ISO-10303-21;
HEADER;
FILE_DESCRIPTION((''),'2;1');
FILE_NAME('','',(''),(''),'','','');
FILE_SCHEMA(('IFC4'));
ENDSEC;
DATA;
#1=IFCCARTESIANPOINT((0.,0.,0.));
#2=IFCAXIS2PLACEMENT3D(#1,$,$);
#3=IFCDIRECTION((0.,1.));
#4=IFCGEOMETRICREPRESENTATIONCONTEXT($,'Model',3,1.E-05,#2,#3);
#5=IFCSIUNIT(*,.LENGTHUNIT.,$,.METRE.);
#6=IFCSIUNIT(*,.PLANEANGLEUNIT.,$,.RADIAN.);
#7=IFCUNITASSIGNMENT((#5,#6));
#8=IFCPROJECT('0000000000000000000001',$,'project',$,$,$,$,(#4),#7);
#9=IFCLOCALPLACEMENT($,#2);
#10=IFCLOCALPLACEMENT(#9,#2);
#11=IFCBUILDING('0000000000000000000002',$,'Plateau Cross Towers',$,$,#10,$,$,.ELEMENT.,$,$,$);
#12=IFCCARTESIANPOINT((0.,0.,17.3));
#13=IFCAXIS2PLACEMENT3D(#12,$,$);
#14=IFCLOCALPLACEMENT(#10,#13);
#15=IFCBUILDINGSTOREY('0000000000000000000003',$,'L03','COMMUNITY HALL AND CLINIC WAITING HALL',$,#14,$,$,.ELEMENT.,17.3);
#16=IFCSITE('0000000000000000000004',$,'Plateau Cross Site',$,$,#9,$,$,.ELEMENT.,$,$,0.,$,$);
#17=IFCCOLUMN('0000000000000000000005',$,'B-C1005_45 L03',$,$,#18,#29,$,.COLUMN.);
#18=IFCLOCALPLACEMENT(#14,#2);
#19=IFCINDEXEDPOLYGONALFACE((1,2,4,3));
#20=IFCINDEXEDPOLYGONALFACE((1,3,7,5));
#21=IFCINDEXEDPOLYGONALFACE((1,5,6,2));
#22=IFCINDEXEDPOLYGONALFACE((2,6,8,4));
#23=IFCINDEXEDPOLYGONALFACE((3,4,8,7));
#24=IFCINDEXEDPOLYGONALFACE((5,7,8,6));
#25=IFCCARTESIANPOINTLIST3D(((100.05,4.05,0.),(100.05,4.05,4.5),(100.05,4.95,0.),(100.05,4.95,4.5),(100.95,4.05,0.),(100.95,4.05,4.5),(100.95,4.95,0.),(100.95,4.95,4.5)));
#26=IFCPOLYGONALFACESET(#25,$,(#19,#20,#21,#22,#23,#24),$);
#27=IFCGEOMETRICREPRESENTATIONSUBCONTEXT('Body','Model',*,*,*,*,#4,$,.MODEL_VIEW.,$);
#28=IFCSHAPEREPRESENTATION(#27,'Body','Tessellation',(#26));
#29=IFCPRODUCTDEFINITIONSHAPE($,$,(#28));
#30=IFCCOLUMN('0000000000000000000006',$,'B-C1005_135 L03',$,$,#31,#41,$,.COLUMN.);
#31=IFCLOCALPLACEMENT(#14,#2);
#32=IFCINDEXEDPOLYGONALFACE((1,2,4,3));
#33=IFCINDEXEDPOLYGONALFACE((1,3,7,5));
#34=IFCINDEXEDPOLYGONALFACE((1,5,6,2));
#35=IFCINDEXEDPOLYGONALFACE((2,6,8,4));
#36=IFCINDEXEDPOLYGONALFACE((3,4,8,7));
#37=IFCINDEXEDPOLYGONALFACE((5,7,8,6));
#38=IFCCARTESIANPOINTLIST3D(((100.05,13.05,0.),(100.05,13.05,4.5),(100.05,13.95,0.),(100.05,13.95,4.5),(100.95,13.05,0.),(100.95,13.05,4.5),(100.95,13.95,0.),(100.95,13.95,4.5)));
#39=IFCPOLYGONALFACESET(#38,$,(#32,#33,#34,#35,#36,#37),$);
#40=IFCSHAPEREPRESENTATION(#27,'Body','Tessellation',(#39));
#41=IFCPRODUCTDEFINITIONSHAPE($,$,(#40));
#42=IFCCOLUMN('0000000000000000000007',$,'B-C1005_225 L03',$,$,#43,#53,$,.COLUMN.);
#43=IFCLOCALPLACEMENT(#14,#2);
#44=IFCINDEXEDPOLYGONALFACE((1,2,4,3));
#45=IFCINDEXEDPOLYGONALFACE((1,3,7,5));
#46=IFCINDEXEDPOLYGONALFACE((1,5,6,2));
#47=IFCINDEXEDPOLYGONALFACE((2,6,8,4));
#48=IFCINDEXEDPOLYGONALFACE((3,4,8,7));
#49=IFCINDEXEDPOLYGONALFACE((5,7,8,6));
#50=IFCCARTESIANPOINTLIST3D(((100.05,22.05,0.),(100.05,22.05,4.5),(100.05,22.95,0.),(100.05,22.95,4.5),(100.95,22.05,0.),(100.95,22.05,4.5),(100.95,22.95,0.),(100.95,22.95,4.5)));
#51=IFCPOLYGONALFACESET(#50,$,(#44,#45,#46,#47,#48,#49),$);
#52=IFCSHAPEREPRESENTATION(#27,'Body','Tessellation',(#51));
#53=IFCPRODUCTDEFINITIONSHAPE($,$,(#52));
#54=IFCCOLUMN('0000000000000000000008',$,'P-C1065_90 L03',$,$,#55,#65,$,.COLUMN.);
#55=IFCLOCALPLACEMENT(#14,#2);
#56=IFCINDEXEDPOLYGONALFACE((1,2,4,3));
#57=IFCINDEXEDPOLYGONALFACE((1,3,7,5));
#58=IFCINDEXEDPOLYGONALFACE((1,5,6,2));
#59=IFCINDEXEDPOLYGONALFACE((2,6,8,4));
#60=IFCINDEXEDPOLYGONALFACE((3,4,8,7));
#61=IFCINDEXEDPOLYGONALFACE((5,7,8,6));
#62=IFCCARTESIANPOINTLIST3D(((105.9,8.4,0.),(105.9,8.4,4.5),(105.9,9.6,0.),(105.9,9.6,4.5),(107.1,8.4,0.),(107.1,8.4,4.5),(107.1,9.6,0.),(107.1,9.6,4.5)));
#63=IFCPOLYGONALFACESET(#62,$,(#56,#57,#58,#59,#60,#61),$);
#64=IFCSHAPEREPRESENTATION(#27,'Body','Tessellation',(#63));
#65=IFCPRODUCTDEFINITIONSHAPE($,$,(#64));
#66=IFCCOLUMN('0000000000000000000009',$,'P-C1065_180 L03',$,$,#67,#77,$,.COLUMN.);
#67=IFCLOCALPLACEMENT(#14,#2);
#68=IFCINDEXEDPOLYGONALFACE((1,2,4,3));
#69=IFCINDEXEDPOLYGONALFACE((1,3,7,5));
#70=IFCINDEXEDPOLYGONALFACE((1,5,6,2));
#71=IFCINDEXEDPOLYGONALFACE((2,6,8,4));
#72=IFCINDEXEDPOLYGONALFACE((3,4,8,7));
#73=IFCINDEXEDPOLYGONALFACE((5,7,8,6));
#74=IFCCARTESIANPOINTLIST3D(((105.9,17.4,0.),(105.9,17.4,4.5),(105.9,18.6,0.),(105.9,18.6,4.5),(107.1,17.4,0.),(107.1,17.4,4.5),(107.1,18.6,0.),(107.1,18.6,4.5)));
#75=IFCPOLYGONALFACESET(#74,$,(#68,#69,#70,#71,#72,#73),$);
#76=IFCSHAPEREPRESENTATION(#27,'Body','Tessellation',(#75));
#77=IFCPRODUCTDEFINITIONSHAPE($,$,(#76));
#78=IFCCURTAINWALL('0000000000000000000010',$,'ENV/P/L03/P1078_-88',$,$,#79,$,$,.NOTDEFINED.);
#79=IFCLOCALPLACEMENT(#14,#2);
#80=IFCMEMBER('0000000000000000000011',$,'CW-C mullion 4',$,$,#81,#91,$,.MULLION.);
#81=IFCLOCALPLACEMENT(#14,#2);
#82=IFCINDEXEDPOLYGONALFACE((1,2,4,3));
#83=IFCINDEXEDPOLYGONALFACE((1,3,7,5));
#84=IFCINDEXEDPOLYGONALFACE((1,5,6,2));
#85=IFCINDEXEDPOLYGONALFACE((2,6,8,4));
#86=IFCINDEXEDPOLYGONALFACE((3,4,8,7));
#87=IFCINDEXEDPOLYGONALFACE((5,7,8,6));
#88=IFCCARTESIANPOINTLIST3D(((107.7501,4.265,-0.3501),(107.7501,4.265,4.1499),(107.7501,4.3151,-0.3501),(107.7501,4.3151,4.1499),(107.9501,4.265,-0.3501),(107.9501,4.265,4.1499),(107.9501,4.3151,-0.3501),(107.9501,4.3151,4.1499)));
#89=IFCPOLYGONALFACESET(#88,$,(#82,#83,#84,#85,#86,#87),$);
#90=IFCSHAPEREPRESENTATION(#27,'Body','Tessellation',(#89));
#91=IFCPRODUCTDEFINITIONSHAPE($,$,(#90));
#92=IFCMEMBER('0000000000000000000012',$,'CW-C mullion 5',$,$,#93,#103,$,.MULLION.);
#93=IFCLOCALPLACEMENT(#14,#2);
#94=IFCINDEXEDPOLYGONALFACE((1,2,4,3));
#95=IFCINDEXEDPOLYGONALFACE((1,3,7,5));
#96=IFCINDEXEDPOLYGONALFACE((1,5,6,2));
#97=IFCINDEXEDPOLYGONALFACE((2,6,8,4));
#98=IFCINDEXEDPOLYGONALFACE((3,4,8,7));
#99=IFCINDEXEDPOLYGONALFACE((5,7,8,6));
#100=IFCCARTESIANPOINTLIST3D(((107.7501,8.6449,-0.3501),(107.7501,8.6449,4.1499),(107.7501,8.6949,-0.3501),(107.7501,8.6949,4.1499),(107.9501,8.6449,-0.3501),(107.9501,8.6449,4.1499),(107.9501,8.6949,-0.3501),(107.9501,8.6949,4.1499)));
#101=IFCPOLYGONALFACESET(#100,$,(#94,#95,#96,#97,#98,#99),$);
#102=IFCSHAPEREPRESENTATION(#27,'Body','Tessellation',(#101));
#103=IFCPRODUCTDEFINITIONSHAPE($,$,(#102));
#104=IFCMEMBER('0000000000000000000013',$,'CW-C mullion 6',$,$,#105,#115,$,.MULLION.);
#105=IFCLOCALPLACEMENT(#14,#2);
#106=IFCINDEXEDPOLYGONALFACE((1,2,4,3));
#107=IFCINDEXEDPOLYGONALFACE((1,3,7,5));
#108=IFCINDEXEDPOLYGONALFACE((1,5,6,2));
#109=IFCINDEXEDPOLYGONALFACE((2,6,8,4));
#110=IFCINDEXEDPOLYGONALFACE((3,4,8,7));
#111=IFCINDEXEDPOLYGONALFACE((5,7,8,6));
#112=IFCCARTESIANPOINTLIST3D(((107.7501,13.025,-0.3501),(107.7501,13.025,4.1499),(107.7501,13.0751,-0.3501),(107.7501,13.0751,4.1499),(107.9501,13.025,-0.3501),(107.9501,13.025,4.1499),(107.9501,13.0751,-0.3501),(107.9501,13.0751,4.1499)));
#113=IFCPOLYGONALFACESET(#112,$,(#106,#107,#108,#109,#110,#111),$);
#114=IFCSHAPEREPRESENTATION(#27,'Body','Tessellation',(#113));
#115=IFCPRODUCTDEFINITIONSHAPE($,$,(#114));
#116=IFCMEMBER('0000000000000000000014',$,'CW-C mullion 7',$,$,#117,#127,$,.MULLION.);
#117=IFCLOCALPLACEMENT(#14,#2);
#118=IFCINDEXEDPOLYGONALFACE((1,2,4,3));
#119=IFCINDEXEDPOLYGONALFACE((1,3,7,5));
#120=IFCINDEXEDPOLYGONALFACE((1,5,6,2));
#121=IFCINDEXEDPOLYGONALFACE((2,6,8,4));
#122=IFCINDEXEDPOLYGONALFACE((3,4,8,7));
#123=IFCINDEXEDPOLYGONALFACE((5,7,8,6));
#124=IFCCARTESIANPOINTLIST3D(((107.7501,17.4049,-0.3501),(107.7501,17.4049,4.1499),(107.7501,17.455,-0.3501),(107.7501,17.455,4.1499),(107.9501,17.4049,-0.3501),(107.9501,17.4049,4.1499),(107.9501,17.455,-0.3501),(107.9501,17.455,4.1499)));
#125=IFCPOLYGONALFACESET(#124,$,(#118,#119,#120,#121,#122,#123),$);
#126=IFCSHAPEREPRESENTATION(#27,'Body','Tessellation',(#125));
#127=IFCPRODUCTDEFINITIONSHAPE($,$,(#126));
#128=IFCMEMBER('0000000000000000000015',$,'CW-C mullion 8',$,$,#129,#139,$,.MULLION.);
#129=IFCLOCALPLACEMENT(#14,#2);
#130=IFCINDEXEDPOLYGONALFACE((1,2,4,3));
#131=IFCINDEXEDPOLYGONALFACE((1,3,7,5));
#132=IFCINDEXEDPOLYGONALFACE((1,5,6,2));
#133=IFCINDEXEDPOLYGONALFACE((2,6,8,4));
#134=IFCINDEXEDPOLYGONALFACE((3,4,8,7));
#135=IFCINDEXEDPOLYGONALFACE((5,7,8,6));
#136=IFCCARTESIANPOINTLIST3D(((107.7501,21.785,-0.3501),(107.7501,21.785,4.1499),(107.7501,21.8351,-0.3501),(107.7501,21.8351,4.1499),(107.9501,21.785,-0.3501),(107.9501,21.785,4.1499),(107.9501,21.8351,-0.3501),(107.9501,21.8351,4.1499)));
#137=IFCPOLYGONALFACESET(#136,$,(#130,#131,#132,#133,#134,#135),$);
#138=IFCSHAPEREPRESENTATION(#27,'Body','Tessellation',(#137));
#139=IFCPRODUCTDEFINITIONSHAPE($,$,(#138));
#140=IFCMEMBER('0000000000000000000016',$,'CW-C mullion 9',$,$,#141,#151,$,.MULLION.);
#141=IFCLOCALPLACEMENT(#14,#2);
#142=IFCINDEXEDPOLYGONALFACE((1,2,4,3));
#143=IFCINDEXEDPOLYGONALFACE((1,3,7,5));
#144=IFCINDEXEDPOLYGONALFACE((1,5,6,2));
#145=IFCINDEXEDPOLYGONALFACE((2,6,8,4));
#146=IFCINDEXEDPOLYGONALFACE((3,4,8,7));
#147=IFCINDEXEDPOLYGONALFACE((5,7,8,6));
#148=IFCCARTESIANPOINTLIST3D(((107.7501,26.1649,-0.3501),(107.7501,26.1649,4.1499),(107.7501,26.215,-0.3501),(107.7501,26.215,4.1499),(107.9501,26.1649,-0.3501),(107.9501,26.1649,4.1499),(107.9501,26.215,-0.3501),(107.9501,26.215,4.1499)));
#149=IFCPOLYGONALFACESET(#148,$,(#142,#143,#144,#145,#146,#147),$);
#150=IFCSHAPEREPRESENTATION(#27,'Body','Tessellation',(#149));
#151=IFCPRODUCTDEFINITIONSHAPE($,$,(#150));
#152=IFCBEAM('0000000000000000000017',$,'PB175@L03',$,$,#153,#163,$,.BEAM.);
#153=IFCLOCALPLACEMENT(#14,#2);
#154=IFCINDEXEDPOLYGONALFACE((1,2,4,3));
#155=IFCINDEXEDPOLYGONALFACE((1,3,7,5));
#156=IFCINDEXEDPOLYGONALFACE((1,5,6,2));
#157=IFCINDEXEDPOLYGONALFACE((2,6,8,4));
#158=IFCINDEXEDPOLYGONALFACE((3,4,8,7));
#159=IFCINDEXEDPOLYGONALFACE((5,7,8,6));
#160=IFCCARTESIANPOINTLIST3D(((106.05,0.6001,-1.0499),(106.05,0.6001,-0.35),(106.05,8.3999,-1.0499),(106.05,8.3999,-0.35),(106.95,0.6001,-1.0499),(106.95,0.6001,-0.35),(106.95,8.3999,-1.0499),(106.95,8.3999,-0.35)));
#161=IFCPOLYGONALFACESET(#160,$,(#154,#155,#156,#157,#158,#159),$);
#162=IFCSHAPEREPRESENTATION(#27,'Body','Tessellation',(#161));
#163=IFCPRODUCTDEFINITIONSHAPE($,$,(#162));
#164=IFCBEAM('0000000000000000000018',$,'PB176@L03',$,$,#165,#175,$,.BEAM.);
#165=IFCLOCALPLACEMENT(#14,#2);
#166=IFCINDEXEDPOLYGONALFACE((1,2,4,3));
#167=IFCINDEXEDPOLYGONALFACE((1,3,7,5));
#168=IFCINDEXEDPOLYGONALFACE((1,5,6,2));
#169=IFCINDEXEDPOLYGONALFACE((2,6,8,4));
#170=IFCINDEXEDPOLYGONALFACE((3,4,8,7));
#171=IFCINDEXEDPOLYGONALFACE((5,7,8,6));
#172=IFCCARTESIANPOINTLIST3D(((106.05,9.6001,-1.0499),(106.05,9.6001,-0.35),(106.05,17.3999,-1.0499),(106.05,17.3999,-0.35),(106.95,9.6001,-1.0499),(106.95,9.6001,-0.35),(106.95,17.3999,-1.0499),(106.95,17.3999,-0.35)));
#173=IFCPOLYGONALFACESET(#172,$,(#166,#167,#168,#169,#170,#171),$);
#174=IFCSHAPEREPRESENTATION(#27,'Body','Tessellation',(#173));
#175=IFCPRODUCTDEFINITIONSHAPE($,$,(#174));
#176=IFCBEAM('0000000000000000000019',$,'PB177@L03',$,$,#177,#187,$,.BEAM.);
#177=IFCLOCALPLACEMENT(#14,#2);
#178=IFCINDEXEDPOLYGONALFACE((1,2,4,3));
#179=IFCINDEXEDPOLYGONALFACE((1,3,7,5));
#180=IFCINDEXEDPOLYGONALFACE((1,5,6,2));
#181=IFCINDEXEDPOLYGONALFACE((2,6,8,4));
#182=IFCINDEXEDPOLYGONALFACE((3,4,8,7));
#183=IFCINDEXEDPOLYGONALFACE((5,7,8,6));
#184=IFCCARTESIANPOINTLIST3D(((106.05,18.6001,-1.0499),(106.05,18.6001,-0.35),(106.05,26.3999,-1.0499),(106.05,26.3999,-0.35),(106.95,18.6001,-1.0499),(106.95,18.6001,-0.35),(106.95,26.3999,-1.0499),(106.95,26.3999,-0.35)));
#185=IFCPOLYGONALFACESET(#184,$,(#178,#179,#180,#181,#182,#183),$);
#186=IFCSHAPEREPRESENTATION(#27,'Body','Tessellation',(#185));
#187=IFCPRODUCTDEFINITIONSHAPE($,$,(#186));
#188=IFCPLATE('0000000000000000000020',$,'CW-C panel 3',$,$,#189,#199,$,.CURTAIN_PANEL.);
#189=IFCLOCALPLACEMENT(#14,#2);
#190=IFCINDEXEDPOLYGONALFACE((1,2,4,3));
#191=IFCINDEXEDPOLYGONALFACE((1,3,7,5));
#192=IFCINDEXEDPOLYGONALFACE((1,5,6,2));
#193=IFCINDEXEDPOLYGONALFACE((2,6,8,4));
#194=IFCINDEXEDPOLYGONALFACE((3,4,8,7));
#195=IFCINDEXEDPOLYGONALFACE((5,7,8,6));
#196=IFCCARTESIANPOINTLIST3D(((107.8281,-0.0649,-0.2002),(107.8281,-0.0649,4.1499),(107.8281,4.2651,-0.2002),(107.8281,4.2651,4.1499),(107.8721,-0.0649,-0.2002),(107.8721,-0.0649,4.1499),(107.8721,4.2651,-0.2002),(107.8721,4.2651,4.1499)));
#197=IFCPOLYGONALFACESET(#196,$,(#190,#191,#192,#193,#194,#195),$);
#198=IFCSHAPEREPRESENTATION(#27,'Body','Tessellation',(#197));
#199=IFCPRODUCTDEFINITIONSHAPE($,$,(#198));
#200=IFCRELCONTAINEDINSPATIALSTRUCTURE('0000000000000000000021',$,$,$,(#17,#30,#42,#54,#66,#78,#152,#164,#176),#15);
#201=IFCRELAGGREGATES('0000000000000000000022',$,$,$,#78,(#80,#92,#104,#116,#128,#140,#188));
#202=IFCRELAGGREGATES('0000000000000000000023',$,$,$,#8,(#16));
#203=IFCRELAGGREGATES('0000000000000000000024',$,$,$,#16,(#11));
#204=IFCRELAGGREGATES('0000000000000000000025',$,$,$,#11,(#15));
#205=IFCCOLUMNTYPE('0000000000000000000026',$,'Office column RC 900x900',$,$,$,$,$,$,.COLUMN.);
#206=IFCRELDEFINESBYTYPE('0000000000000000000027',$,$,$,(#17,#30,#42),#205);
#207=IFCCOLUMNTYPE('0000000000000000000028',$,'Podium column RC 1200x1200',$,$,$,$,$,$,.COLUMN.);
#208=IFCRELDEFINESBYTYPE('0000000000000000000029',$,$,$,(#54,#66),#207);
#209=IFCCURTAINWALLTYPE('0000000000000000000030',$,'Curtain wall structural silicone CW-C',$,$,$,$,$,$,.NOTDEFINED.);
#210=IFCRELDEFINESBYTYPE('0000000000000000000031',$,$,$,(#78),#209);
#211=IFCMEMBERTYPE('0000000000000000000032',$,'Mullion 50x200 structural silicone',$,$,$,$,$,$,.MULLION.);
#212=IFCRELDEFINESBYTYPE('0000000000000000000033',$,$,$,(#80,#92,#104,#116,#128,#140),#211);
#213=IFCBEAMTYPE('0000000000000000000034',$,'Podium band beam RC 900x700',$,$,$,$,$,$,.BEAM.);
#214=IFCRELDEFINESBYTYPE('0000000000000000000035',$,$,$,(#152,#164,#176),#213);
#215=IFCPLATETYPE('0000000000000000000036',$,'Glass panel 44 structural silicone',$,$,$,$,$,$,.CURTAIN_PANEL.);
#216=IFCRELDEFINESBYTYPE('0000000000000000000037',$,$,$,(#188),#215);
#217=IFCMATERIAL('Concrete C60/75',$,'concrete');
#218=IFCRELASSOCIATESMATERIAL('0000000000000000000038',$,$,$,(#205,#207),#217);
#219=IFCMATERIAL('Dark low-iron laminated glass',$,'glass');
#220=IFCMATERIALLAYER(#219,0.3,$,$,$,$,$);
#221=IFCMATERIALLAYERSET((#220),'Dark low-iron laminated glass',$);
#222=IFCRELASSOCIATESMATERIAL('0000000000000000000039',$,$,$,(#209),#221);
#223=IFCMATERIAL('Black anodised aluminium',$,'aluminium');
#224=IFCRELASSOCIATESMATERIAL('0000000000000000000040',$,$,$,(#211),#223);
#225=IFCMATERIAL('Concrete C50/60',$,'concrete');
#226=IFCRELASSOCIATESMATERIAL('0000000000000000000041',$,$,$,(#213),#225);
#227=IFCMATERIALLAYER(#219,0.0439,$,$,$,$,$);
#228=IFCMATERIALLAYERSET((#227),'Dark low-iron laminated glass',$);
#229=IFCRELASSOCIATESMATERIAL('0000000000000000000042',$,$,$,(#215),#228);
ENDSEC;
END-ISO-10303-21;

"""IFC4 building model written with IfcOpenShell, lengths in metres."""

from ifc_helpers import new_model, si_unit, direction, frame, origin, origin_2d, place, context, subcontext, project, spatial, rectangle, extrude, material, layer, layer_set, material_profile, profile_set, type_object, element, aggregate, save


model = new_model("IFC4")

# Units and contexts
model_context = context("Model", 3, precision=1e-05, world=origin(), true_north=direction((0.0, 1.0)))
body_context = subcontext(model_context, "Body", "Model", "MODEL_VIEW")
ifc_project = project(units=[si_unit("LENGTHUNIT", "METRE"), si_unit("PLANEANGLEUNIT", "RADIAN")], contexts=[model_context])

# Site, building, storey
site_placement = place(None, origin())
site = spatial("IfcSite", under=ifc_project, at=site_placement, Name="Plateau Cross Site", CompositionType="ELEMENT", RefElevation=0.0)
building_placement = place(site_placement, origin())
building = spatial("IfcBuilding", under=site, at=building_placement, Name="Plateau Cross Towers", CompositionType="ELEMENT")
storey_placement = place(building_placement, frame((0.0, 0.0, 17.3)))
storey = spatial("IfcBuildingStorey", under=building, at=storey_placement, Name="L03", Description="COMMUNITY HALL AND CLINIC WAITING HALL", CompositionType="ELEMENT", Elevation=17.3)

# Columns
ifc_material_1 = material(Name="Concrete C60/75", Category="concrete")
ifc_material_profile_1 = material_profile(ifc_material_1, rectangle(XDim=0.8999, YDim=0.8999, at=origin_2d()), Name="RC 900x900")
ifc_profile_set_1 = profile_set([ifc_material_profile_1], Name="Concrete C60/75")
column_type_1 = type_object("IfcColumnType", Name="Office column RC 900x900", PredefinedType="COLUMN", material=ifc_profile_set_1)
for number, where, z_axis, x_axis, name in (
    (1, (100.5, 4.5, 0.0), (0.0, 0.0, 1.0), (1.0, 0.0, 0.0), "B-C1005_45 L03"),
    (2, (100.5, 13.5, 0.0), (0.0, 0.0, 1.0), (1.0, 0.0, 0.0), "B-C1005_135 L03"),
    (3, (100.5, 22.5, 0.0), (0.0, 0.0, 1.0), (1.0, 0.0, 0.0), "B-C1005_225 L03"),
):
    element("IfcColumn", number, at=place(storey_placement, frame(where, z_axis=z_axis, x_axis=x_axis)), inside=storey, type_object=column_type_1, Name=name, PredefinedType="COLUMN", context=body_context, shape_type="SweptSolid", body=[
        extrude(rectangle(XDim=0.8999, YDim=0.8999, at=origin_2d()), origin(), (0.0, 0.0, 1.0), 4.5),
    ])
ifc_material_profile_2 = material_profile(ifc_material_1, rectangle(XDim=1.2, YDim=1.2, at=origin_2d()), Name="RC 1200x1200")
ifc_profile_set_2 = profile_set([ifc_material_profile_2], Name="Concrete C60/75")
column_type_2 = type_object("IfcColumnType", Name="Podium column RC 1200x1200", PredefinedType="COLUMN", material=ifc_profile_set_2)
for number, where, z_axis, x_axis, name in (
    (4, (106.5, 9.0, 0.0), (0.0, 0.0, 1.0), (1.0, 0.0, 0.0), "P-C1065_90 L03"),
    (5, (106.5, 18.0, 0.0), (0.0, 0.0, 1.0), (1.0, 0.0, 0.0), "P-C1065_180 L03"),
):
    element("IfcColumn", number, at=place(storey_placement, frame(where, z_axis=z_axis, x_axis=x_axis)), inside=storey, type_object=column_type_2, Name=name, PredefinedType="COLUMN", context=body_context, shape_type="SweptSolid", body=[
        extrude(rectangle(XDim=1.2, YDim=1.2, at=origin_2d()), origin(), (0.0, 0.0, 1.0), 4.5),
    ])

# Curtain wall, members
ifc_material_2 = material(Name="Dark low-iron laminated glass", Category="glass")
ifc_layer_1 = layer(ifc_material_2, 0.3)
ifc_layer_set_1 = layer_set([ifc_layer_1], Name="Dark low-iron laminated glass")
curtain_wall_type = type_object("IfcCurtainWallType", Name="Curtain wall structural silicone CW-C", PredefinedType="NOTDEFINED", material=ifc_layer_set_1)
curtain_wall_placement = place(storey_placement, origin())
curtain_wall = element("IfcCurtainWall", 6, at=curtain_wall_placement, inside=storey, type_object=curtain_wall_type, Name="ENV/P/L03/P1078_-88", PredefinedType="NOTDEFINED")
ifc_material_3 = material(Name="Black anodised aluminium", Category="aluminium")
ifc_material_profile_3 = material_profile(ifc_material_3, rectangle(XDim=0.05, YDim=0.2, at=origin_2d()), Name="MULLION 50x200")
ifc_profile_set_3 = profile_set([ifc_material_profile_3], Name="Black anodised aluminium")
member_type = type_object("IfcMemberType", Name="Mullion 50x200 structural silicone", PredefinedType="MULLION", material=ifc_profile_set_3)
member_1_placement = place(storey_placement, frame((107.8501, 4.29, -0.3501), z_axis=(0.0, 0.0, 1.0), x_axis=(0.0, 1.0, 0.0)))
member_1 = element("IfcMember", 7, at=member_1_placement, type_object=member_type, Name="CW-C mullion 4", PredefinedType="MULLION", context=body_context, shape_type="SweptSolid", body=[
    extrude(rectangle(XDim=0.05, YDim=0.2, at=origin_2d()), origin(), (0.0, 0.0, 1.0), 4.5),
])
member_2_placement = place(storey_placement, frame((107.8501, 8.6699, -0.3501), z_axis=(0.0, 0.0, 1.0), x_axis=(0.0, 1.0, 0.0)))
member_2 = element("IfcMember", 8, at=member_2_placement, type_object=member_type, Name="CW-C mullion 5", PredefinedType="MULLION", context=body_context, shape_type="SweptSolid", body=[
    extrude(rectangle(XDim=0.05, YDim=0.2, at=origin_2d()), origin(), (0.0, 0.0, 1.0), 4.5),
])
member_3_placement = place(storey_placement, frame((107.8501, 13.05, -0.3501), z_axis=(0.0, 0.0, 1.0), x_axis=(0.0, 1.0, 0.0)))
member_3 = element("IfcMember", 9, at=member_3_placement, type_object=member_type, Name="CW-C mullion 6", PredefinedType="MULLION", context=body_context, shape_type="SweptSolid", body=[
    extrude(rectangle(XDim=0.05, YDim=0.2, at=origin_2d()), origin(), (0.0, 0.0, 1.0), 4.5),
])
member_4_placement = place(storey_placement, frame((107.8501, 17.4299, -0.3501), z_axis=(0.0, 0.0, 1.0), x_axis=(0.0, 1.0, 0.0)))
member_4 = element("IfcMember", 10, at=member_4_placement, type_object=member_type, Name="CW-C mullion 7", PredefinedType="MULLION", context=body_context, shape_type="SweptSolid", body=[
    extrude(rectangle(XDim=0.05, YDim=0.2, at=origin_2d()), origin(), (0.0, 0.0, 1.0), 4.5),
])
member_5_placement = place(storey_placement, frame((107.8501, 21.8101, -0.3501), z_axis=(0.0, 0.0, 1.0), x_axis=(0.0, 1.0, 0.0)))
member_5 = element("IfcMember", 11, at=member_5_placement, type_object=member_type, Name="CW-C mullion 8", PredefinedType="MULLION", context=body_context, shape_type="SweptSolid", body=[
    extrude(rectangle(XDim=0.05, YDim=0.2, at=origin_2d()), origin(), (0.0, 0.0, 1.0), 4.5),
])
member_6_placement = place(storey_placement, frame((107.8501, 26.1899, -0.3501), z_axis=(0.0, 0.0, 1.0), x_axis=(0.0, 1.0, 0.0)))
member_6 = element("IfcMember", 12, at=member_6_placement, type_object=member_type, Name="CW-C mullion 9", PredefinedType="MULLION", context=body_context, shape_type="SweptSolid", body=[
    extrude(rectangle(XDim=0.05, YDim=0.2, at=origin_2d()), origin(), (0.0, 0.0, 1.0), 4.5),
])

# Beams
ifc_material_4 = material(Name="Concrete C50/60", Category="concrete")
ifc_material_profile_4 = material_profile(ifc_material_4, rectangle(XDim=0.8999, YDim=0.7, at=origin_2d()), Name="RC 900x700")
ifc_profile_set_4 = profile_set([ifc_material_profile_4], Name="Concrete C50/60")
beam_type = type_object("IfcBeamType", Name="Podium band beam RC 900x700", PredefinedType="BEAM", material=ifc_profile_set_4)
for number, where, z_axis, x_axis, name in (
    (13, (106.5, 0.6001, -0.7), (0.0, 1.0, 0.0), (-1.0, 0.0, 0.0), "PB175@L03"),
    (14, (106.5, 9.6001, -0.7), (0.0, 1.0, 0.0), (-1.0, 0.0, 0.0), "PB176@L03"),
    (15, (106.5, 18.6001, -0.7), (0.0, 1.0, 0.0), (-1.0, 0.0, 0.0), "PB177@L03"),
):
    element("IfcBeam", number, at=place(storey_placement, frame(where, z_axis=z_axis, x_axis=x_axis)), inside=storey, type_object=beam_type, Name=name, PredefinedType="BEAM", context=body_context, shape_type="SweptSolid", body=[
        extrude(rectangle(XDim=0.8999, YDim=0.7, at=origin_2d()), origin(), (0.0, 0.0, 1.0), 7.7998),
    ])

# Plate
ifc_layer_2 = layer(ifc_material_2, 0.0439)
ifc_layer_set_2 = layer_set([ifc_layer_2], Name="Dark low-iron laminated glass")
plate_type = type_object("IfcPlateType", Name="Glass panel 44 structural silicone", PredefinedType="CURTAIN_PANEL", material=ifc_layer_set_2)
plate_1_placement = place(storey_placement, frame((107.8501, 2.1001, -0.2002), z_axis=(0.0, 0.0, 1.0), x_axis=(0.0, 1.0, 0.0)))
plate_1 = element("IfcPlate", 16, at=plate_1_placement, type_object=plate_type, Name="CW-C panel 3", PredefinedType="CURTAIN_PANEL", context=body_context, shape_type="SweptSolid", body=[
    extrude(rectangle(XDim=4.3301, YDim=0.0439, at=origin_2d()), origin(), (0.0, 0.0, 1.0), 4.3501),
])
aggregate(curtain_wall, [member_1, member_2, member_3, member_4, member_5, member_6, plate_1])

save(model, "model.ifc")
